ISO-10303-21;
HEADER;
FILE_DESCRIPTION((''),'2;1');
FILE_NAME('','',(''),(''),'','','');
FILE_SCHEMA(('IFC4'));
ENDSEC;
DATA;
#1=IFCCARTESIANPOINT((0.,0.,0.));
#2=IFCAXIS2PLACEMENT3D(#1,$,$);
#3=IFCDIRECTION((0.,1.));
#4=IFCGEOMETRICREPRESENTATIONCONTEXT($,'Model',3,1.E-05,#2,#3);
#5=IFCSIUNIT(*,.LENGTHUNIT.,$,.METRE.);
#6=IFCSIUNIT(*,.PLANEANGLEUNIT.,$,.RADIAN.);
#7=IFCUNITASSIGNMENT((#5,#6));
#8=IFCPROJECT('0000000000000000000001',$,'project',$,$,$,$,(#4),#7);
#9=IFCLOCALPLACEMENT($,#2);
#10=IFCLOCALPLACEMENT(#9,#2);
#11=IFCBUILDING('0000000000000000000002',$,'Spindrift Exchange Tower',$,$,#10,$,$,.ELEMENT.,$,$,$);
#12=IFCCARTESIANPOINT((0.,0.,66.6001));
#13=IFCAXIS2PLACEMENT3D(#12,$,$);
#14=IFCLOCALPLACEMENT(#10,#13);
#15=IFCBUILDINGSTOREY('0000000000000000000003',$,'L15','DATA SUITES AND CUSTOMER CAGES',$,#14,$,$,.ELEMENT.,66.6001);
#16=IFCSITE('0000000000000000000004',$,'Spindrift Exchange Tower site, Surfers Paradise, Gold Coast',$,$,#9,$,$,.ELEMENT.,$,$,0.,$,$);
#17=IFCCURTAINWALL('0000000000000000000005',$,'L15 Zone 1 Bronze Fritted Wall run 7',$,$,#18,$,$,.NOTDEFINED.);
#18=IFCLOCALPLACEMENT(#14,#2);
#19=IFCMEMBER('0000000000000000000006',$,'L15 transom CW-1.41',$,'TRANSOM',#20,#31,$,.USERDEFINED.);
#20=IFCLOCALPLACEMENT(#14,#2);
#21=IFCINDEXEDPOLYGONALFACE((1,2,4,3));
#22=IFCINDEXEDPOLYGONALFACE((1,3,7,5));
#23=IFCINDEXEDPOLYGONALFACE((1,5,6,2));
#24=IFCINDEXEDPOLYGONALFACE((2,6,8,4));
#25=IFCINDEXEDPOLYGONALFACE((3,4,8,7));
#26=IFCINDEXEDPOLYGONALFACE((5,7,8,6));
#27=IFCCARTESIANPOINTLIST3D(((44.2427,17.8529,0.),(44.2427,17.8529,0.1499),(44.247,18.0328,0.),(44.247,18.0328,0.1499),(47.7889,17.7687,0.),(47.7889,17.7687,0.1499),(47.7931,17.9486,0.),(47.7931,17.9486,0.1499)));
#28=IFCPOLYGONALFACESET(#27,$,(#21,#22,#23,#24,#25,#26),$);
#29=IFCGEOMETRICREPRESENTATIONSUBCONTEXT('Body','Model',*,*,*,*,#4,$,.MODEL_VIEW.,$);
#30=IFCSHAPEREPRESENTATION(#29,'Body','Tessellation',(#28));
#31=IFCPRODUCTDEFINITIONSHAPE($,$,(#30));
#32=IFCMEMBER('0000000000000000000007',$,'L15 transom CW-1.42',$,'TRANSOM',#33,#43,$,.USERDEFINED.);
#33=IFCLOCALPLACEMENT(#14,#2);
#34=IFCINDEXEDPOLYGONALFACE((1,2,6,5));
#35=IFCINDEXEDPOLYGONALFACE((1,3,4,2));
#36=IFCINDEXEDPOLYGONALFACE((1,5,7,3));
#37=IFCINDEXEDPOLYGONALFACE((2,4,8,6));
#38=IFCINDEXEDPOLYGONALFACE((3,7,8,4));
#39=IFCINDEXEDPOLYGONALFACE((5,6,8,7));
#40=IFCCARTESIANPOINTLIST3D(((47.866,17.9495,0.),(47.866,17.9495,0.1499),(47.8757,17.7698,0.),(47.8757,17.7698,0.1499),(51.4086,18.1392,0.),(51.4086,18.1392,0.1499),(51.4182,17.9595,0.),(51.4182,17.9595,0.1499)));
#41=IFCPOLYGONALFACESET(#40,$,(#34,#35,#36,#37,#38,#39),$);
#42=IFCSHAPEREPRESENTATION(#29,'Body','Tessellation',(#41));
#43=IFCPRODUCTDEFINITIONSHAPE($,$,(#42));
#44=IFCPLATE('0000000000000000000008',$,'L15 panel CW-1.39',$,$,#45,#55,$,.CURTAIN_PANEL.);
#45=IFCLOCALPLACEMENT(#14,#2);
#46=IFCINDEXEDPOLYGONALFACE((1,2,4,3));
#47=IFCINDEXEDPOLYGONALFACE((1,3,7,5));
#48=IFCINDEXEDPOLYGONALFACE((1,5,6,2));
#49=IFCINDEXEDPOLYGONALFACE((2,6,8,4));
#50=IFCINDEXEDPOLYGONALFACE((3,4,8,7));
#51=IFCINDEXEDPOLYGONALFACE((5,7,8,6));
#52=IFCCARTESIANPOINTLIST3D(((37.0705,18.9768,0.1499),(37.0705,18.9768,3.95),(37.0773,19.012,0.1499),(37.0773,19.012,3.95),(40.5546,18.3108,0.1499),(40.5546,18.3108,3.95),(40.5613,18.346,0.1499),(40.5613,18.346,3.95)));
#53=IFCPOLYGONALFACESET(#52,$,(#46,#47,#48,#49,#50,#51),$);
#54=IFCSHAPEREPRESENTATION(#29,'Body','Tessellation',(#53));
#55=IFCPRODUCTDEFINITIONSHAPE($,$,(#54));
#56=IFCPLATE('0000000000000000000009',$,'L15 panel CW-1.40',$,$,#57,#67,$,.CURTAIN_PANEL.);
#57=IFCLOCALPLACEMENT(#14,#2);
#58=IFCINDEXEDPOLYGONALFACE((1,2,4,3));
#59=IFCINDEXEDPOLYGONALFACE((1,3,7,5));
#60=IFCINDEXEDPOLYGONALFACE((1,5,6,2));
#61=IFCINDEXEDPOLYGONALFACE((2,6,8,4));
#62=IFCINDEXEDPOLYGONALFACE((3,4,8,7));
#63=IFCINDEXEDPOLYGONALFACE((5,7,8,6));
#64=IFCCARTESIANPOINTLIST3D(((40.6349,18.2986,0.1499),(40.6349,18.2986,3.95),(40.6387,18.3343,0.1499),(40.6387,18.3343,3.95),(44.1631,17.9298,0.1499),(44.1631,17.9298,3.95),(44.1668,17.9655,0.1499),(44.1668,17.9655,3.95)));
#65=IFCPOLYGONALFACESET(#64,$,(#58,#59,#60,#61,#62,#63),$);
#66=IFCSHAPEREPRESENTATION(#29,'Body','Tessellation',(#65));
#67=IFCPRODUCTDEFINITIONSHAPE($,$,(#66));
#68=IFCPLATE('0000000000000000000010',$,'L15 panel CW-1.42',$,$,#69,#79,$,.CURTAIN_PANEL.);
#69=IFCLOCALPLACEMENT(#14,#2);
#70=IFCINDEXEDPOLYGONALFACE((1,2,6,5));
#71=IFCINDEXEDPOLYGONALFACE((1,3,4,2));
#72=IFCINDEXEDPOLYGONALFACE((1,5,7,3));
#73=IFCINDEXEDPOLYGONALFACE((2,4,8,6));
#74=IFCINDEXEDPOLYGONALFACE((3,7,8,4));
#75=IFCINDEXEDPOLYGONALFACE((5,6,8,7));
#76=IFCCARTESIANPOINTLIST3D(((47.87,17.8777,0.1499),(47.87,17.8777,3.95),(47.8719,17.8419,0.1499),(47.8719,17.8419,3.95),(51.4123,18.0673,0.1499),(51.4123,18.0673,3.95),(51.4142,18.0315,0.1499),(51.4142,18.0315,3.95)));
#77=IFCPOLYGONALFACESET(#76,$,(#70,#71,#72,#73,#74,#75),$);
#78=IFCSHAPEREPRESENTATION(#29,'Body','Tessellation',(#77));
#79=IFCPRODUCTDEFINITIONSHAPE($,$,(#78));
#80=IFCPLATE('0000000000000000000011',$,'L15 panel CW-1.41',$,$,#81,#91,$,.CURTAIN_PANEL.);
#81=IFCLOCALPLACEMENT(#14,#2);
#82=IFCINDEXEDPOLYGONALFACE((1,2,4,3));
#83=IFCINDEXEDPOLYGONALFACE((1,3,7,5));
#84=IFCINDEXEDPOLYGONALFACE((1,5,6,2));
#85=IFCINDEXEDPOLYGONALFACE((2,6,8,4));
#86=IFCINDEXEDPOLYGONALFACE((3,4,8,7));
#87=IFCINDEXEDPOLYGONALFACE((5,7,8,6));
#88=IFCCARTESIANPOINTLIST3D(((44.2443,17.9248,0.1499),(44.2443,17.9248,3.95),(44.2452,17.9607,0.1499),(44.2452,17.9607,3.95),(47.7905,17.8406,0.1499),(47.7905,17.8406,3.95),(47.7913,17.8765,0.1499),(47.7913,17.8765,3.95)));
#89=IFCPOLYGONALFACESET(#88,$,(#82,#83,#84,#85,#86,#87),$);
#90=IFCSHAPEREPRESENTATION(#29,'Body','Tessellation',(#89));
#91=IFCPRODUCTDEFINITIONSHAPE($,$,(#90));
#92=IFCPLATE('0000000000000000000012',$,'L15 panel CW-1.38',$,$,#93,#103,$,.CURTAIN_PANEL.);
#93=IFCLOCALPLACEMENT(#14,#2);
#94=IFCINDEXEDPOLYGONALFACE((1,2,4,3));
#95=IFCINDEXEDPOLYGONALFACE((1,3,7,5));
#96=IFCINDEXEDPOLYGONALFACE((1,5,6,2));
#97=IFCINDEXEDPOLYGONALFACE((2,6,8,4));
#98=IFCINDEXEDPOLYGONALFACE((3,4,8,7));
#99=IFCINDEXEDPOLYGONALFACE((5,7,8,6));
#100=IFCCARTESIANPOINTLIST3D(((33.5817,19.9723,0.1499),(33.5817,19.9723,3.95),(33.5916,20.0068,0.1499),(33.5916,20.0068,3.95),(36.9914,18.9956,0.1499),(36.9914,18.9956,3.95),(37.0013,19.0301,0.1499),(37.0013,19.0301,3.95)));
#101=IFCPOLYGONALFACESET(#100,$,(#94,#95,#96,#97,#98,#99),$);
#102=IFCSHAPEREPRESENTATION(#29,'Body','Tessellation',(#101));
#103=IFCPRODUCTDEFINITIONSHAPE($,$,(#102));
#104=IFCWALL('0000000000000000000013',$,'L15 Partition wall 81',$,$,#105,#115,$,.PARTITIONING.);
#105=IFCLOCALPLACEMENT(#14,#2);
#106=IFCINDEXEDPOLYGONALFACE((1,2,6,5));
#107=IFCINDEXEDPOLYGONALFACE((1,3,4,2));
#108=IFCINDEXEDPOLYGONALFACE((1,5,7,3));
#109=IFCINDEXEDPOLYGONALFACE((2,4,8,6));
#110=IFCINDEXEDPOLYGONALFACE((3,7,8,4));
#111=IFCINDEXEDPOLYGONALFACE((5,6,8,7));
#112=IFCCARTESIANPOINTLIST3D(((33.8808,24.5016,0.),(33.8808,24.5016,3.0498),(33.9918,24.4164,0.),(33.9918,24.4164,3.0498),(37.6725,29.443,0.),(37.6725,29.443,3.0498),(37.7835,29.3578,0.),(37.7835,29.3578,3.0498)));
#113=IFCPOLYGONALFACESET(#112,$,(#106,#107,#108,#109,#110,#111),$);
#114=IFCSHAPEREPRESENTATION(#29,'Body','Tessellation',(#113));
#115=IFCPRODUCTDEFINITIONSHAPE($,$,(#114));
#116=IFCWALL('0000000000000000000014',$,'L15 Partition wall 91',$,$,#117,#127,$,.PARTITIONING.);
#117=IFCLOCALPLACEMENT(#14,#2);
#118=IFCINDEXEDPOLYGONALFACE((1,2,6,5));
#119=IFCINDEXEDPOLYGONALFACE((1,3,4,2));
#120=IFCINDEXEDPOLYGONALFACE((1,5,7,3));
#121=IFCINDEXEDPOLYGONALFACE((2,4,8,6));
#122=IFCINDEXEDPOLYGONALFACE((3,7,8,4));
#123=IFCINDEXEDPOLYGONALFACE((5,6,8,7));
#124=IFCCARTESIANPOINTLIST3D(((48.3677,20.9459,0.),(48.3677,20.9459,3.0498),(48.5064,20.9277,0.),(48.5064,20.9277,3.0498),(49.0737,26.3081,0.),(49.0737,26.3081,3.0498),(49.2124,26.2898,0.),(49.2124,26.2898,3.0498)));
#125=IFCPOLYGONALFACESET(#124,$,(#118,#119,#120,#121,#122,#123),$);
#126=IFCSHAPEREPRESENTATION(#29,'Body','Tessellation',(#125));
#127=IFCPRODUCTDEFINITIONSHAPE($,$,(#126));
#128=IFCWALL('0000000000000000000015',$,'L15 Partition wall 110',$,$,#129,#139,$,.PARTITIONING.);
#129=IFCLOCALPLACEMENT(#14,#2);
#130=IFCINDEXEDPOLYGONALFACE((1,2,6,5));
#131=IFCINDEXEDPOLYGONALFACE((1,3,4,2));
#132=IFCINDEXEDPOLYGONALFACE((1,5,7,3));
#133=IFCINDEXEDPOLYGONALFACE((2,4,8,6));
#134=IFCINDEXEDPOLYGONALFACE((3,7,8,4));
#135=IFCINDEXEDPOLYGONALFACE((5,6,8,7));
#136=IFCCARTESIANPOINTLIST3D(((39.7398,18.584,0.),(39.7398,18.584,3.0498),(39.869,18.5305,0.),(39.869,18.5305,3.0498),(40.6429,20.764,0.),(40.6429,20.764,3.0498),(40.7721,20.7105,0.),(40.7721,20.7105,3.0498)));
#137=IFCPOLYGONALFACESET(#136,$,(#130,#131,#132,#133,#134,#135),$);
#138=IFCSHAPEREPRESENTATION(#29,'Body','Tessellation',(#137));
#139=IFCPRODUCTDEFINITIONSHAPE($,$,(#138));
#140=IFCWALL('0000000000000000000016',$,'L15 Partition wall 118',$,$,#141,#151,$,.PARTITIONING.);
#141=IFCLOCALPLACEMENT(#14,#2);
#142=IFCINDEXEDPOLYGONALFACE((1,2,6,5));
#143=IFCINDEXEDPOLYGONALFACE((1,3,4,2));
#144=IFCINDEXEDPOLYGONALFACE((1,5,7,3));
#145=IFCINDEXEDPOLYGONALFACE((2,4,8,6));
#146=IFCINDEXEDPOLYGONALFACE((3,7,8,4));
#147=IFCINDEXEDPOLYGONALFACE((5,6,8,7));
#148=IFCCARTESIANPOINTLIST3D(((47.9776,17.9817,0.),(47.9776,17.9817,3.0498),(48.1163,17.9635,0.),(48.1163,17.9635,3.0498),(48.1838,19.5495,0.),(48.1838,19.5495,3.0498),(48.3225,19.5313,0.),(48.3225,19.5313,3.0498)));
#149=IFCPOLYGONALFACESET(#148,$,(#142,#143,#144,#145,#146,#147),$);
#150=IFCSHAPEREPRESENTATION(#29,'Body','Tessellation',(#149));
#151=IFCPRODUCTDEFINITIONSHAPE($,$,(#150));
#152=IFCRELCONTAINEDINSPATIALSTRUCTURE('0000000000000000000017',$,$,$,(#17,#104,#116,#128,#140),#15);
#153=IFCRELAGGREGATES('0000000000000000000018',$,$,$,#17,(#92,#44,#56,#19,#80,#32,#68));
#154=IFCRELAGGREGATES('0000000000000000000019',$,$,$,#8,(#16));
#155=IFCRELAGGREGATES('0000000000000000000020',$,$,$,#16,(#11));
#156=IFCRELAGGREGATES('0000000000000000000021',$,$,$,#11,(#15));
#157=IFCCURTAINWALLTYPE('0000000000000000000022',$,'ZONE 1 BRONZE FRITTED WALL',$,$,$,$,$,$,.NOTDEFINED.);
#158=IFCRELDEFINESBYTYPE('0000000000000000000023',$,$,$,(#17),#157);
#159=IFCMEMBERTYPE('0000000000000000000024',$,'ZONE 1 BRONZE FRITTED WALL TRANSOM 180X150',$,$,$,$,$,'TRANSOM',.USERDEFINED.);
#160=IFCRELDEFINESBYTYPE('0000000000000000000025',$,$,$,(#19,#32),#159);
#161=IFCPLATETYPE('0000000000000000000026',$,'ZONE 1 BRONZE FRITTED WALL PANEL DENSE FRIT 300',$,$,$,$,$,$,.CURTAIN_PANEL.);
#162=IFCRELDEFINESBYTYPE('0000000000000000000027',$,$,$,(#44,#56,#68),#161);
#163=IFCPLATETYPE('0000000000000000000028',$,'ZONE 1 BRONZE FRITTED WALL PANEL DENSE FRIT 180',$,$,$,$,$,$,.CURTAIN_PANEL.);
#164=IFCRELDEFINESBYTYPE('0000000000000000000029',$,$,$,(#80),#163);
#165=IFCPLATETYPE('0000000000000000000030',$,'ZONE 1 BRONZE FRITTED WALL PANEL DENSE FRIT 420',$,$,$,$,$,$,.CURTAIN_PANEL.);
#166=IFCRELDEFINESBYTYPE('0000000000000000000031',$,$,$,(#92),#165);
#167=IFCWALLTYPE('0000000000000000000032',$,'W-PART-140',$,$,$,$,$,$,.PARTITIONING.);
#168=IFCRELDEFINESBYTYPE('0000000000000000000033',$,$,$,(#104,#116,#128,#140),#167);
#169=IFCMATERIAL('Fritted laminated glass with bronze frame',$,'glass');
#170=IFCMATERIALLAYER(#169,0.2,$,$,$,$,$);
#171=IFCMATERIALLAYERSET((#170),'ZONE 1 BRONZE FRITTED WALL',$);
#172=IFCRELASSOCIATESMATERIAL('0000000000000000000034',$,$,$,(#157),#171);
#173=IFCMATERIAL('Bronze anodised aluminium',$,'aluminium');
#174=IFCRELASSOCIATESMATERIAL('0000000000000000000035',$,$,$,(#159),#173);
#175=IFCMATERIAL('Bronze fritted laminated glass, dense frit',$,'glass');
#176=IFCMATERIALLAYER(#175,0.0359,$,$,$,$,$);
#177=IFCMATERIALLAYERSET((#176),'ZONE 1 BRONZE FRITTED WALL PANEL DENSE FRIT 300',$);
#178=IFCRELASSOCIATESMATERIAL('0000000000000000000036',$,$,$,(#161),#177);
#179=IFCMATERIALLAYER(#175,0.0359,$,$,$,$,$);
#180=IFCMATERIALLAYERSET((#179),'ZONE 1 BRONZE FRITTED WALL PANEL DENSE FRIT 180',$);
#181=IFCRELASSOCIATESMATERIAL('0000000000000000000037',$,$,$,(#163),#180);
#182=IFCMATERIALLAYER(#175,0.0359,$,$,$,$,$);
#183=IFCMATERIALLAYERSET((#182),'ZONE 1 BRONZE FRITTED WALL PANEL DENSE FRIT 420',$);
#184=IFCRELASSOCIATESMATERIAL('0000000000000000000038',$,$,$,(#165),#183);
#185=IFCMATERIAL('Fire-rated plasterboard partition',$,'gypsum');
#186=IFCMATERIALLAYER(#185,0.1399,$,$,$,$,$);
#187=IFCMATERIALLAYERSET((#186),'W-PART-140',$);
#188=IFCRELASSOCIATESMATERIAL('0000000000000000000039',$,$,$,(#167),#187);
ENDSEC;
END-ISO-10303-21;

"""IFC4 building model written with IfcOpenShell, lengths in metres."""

from ifc_helpers import new_model, si_unit, direction, frame, frame_2d, origin, origin_2d, place, context, subcontext, project, spatial, rectangle, extrude, source, transform, mapped, material, layer, layer_set, material_profile, profile_set, type_object, element, aggregate, save


model = new_model("IFC4")

# Units and contexts
model_context = context("Model", 3, precision=1e-05, world=origin(), true_north=direction((0.0, 1.0)))
body_context = subcontext(model_context, "Body", "Model", "MODEL_VIEW")
ifc_project = project(units=[si_unit("LENGTHUNIT", "METRE"), si_unit("PLANEANGLEUNIT", "RADIAN")], contexts=[model_context])

# Site, building, storey
site_placement = place(None, origin())
site = spatial("IfcSite", under=ifc_project, at=site_placement, Name="Spindrift Exchange Tower site, Surfers Paradise, Gold Coast", CompositionType="ELEMENT", RefElevation=0.0)
building_placement = place(site_placement, origin())
building = spatial("IfcBuilding", under=site, at=building_placement, Name="Spindrift Exchange Tower", CompositionType="ELEMENT")
storey_placement = place(building_placement, frame((0.0, 0.0, 66.6001)))
storey = spatial("IfcBuildingStorey", under=building, at=storey_placement, Name="L15", Description="DATA SUITES AND CUSTOMER CAGES", CompositionType="ELEMENT", Elevation=66.6001)

# Curtain wall, members, plates
ifc_material_1 = material(Name="Fritted laminated glass with bronze frame", Category="glass")
ifc_layer_1 = layer(ifc_material_1, 0.2)
ifc_layer_set_1 = layer_set([ifc_layer_1], Name="ZONE 1 BRONZE FRITTED WALL")
curtain_wall_type = type_object("IfcCurtainWallType", Name="ZONE 1 BRONZE FRITTED WALL", PredefinedType="NOTDEFINED", material=ifc_layer_set_1)
curtain_wall_placement = place(storey_placement, origin())
curtain_wall = element("IfcCurtainWall", 1, at=curtain_wall_placement, inside=storey, type_object=curtain_wall_type, Name="L15 Zone 1 Bronze Fritted Wall run 7", PredefinedType="NOTDEFINED")
ifc_material_2 = material(Name="Bronze anodised aluminium", Category="aluminium")
ifc_material_profile_1 = material_profile(ifc_material_2, rectangle(XDim=0.1799, YDim=0.1499, at=origin_2d()), Name="ZONE 1 BRONZE FRITTED WALL TRANSOM 180X150")
ifc_profile_set_1 = profile_set([ifc_material_profile_1], Name="Bronze anodised aluminium")
member_type_1 = type_object("IfcMemberType", Name="ZONE 1 BRONZE FRITTED WALL TRANSOM 180X150", ElementType="TRANSOM", PredefinedType="USERDEFINED", material=ifc_profile_set_1)
shared_shape_1 = source(origin(), body_context, "Body", "SweptSolid", [
    extrude(rectangle(XDim=0.1799, YDim=0.1499, at=origin_2d()), origin(), (0.0, 0.0, 1.0), 3.5471),
])
member_1_placement = place(storey_placement, frame((44.2449, 17.9429, 0.075), z_axis=(0.999718, -0.023745, 0.0), x_axis=(0.023745, 0.999718, 0.0)))
member_1 = element("IfcMember", 2, at=member_1_placement, type_object=member_type_1, Name="L15 transom CW-1.41", ObjectType="TRANSOM", PredefinedType="USERDEFINED", context=body_context, shape_type="MappedRepresentation", body=[
    mapped(shared_shape_1, transform((0.0, 0.0, 0.0), scale=1.0)),
])
shared_shape_2 = source(origin(), body_context, "Body", "SweptSolid", [
    extrude(rectangle(XDim=0.1799, YDim=0.1499, at=origin_2d()), origin(), (0.0, 0.0, 1.0), 3.5476),
])
member_2_placement = place(storey_placement, frame((47.8708, 17.8596, 0.075), z_axis=(0.998569, 0.053473, 0.0), x_axis=(-0.053473, 0.998569, 0.0)))
member_2 = element("IfcMember", 3, at=member_2_placement, type_object=member_type_1, Name="L15 transom CW-1.42", ObjectType="TRANSOM", PredefinedType="USERDEFINED", context=body_context, shape_type="MappedRepresentation", body=[
    mapped(shared_shape_2, transform((0.0, 0.0, 0.0), scale=1.0)),
])
ifc_material_3 = material(Name="Bronze fritted laminated glass, dense frit", Category="glass")
ifc_layer_2 = layer(ifc_material_3, 0.0359)
ifc_layer_set_2 = layer_set([ifc_layer_2], Name="ZONE 1 BRONZE FRITTED WALL PANEL DENSE FRIT 300")
plate_type_1 = type_object("IfcPlateType", Name="ZONE 1 BRONZE FRITTED WALL PANEL DENSE FRIT 300", PredefinedType="CURTAIN_PANEL", material=ifc_layer_set_2)
shared_shape_3 = source(origin(), body_context, "Body", "SweptSolid", [
    extrude(rectangle(XDim=3.5471, YDim=0.0359, at=origin_2d()), origin(), (0.0, 0.0, 1.0), 3.8),
])
plate_1_placement = place(storey_placement, frame((38.8159, 18.6614, 0.1499), z_axis=(0.0, 0.0, 1.0), x_axis=(0.982215, -0.187758, 0.0)))
plate_1 = element("IfcPlate", 4, at=plate_1_placement, type_object=plate_type_1, Name="L15 panel CW-1.39", PredefinedType="CURTAIN_PANEL", context=body_context, shape_type="MappedRepresentation", body=[
    mapped(shared_shape_3, transform((0.0, 0.0, 0.0), scale=1.0)),
])
shared_shape_4 = source(origin(), body_context, "Body", "SweptSolid", [
    extrude(rectangle(XDim=3.5474, YDim=0.0359, at=origin_2d()), origin(), (0.0, 0.0, 1.0), 3.8),
])
plate_2_placement = place(storey_placement, frame((42.4009, 18.1321, 0.1499), z_axis=(0.0, 0.0, 1.0), x_axis=(0.994581, -0.103963, 0.0)))
plate_2 = element("IfcPlate", 5, at=plate_2_placement, type_object=plate_type_1, Name="L15 panel CW-1.40", PredefinedType="CURTAIN_PANEL", context=body_context, shape_type="MappedRepresentation", body=[
    mapped(shared_shape_4, transform((0.0, 0.0, 0.0), scale=1.0)),
])
plate_3_placement = place(storey_placement, frame((49.6421, 17.9546, 0.1499), z_axis=(0.0, 0.0, 1.0), x_axis=(0.99857, 0.053455, 0.0)))
plate_3 = element("IfcPlate", 6, at=plate_3_placement, type_object=plate_type_1, Name="L15 panel CW-1.42", PredefinedType="CURTAIN_PANEL", context=body_context, shape_type="MappedRepresentation", body=[
    mapped(shared_shape_4, transform((0.0, 0.0, 0.0), scale=1.0)),
])
ifc_layer_3 = layer(ifc_material_3, 0.0359)
ifc_layer_set_3 = layer_set([ifc_layer_3], Name="ZONE 1 BRONZE FRITTED WALL PANEL DENSE FRIT 180")
plate_type_2 = type_object("IfcPlateType", Name="ZONE 1 BRONZE FRITTED WALL PANEL DENSE FRIT 180", PredefinedType="CURTAIN_PANEL", material=ifc_layer_set_3)
shared_shape_5 = source(origin(), body_context, "Body", "SweptSolid", [
    extrude(rectangle(XDim=3.5471, YDim=0.0359, at=origin_2d()), origin(), (0.0, 0.0, 1.0), 3.8),
])
plate_4_placement = place(storey_placement, frame((46.0178, 17.9006, 0.1499), z_axis=(0.0, 0.0, 1.0), x_axis=(0.999718, -0.023738, 0.0)))
plate_4 = element("IfcPlate", 7, at=plate_4_placement, type_object=plate_type_2, Name="L15 panel CW-1.41", PredefinedType="CURTAIN_PANEL", context=body_context, shape_type="MappedRepresentation", body=[
    mapped(shared_shape_5, transform((0.0, 0.0, 0.0), scale=1.0)),
])
ifc_layer_4 = layer(ifc_material_3, 0.0359)
ifc_layer_set_4 = layer_set([ifc_layer_4], Name="ZONE 1 BRONZE FRITTED WALL PANEL DENSE FRIT 420")
plate_type_3 = type_object("IfcPlateType", Name="ZONE 1 BRONZE FRITTED WALL PANEL DENSE FRIT 420", PredefinedType="CURTAIN_PANEL", material=ifc_layer_set_4)
shared_shape_6 = source(origin(), body_context, "Body", "SweptSolid", [
    extrude(rectangle(XDim=3.5469, YDim=0.0359, at=origin_2d()), origin(), (0.0, 0.0, 1.0), 3.8),
])
plate_5_placement = place(storey_placement, frame((35.2915, 19.5012, 0.1499), z_axis=(0.0, 0.0, 1.0), x_axis=(0.961334, -0.275384, 0.0)))
plate_5 = element("IfcPlate", 8, at=plate_5_placement, type_object=plate_type_3, Name="L15 panel CW-1.38", PredefinedType="CURTAIN_PANEL", context=body_context, shape_type="MappedRepresentation", body=[
    mapped(shared_shape_6, transform((0.0, 0.0, 0.0), scale=1.0)),
])
aggregate(curtain_wall, [plate_5, plate_1, plate_2, member_1, plate_4, member_2, plate_3])

# Walls
ifc_material_4 = material(Name="Fire-rated plasterboard partition", Category="gypsum")
ifc_layer_5 = layer(ifc_material_4, 0.1399)
ifc_layer_set_5 = layer_set([ifc_layer_5], Name="W-PART-140")
wall_type_1 = type_object("IfcWallType", Name="W-PART-140", PredefinedType="PARTITIONING", material=ifc_layer_set_5)
wall_1_placement = place(storey_placement, frame((37.728, 29.4004, 0.0), z_axis=(0.0, 0.0, 1.0), x_axis=(-0.608769, -0.793348, 0.0)))
element("IfcWall", 9, at=wall_1_placement, inside=storey, type_object=wall_type_1, Name="L15 Partition wall 81", PredefinedType="PARTITIONING", context=body_context, shape_type="SweptSolid", body=[
    extrude(rectangle(XDim=6.2285, YDim=0.1399, at=frame_2d((3.1143, 0.0))), origin(), (0.0, 0.0, 1.0), 3.0498),
])
wall_2_placement = place(storey_placement, frame((49.1431, 26.2988, 0.0), z_axis=(0.0, 0.0, 1.0), x_axis=(-0.130549, -0.991442, 0.0)))
element("IfcWall", 10, at=wall_2_placement, inside=storey, type_object=wall_type_1, Name="L15 Partition wall 91", PredefinedType="PARTITIONING", context=body_context, shape_type="SweptSolid", body=[
    extrude(rectangle(XDim=5.4084, YDim=0.1399, at=frame_2d((2.7041, 0.0))), origin(), (0.0, 0.0, 1.0), 3.0498),
])
wall_3_placement = place(storey_placement, frame((39.8044, 18.5574, 0.0), z_axis=(0.0, 0.0, 1.0), x_axis=(0.382726, 0.923862, 0.0)))
element("IfcWall", 11, at=wall_3_placement, inside=storey, type_object=wall_type_1, Name="L15 Partition wall 110", PredefinedType="PARTITIONING", context=body_context, shape_type="SweptSolid", body=[
    extrude(rectangle(XDim=2.3596, YDim=0.1399, at=frame_2d((1.1797, 0.0))), origin(), (0.0, 0.0, 1.0), 3.0498),
])
wall_4_placement = place(storey_placement, frame((48.2532, 19.5403, 0.0), z_axis=(0.0, 0.0, 1.0), x_axis=(-0.130455, -0.991454, 0.0)))
element("IfcWall", 12, at=wall_4_placement, inside=storey, type_object=wall_type_1, Name="L15 Partition wall 118", PredefinedType="PARTITIONING", context=body_context, shape_type="SweptSolid", body=[
    extrude(rectangle(XDim=1.5813, YDim=0.1399, at=frame_2d((0.7905, 0.0))), origin(), (0.0, 0.0, 1.0), 3.0498),
])

save(model, "model.ifc")
